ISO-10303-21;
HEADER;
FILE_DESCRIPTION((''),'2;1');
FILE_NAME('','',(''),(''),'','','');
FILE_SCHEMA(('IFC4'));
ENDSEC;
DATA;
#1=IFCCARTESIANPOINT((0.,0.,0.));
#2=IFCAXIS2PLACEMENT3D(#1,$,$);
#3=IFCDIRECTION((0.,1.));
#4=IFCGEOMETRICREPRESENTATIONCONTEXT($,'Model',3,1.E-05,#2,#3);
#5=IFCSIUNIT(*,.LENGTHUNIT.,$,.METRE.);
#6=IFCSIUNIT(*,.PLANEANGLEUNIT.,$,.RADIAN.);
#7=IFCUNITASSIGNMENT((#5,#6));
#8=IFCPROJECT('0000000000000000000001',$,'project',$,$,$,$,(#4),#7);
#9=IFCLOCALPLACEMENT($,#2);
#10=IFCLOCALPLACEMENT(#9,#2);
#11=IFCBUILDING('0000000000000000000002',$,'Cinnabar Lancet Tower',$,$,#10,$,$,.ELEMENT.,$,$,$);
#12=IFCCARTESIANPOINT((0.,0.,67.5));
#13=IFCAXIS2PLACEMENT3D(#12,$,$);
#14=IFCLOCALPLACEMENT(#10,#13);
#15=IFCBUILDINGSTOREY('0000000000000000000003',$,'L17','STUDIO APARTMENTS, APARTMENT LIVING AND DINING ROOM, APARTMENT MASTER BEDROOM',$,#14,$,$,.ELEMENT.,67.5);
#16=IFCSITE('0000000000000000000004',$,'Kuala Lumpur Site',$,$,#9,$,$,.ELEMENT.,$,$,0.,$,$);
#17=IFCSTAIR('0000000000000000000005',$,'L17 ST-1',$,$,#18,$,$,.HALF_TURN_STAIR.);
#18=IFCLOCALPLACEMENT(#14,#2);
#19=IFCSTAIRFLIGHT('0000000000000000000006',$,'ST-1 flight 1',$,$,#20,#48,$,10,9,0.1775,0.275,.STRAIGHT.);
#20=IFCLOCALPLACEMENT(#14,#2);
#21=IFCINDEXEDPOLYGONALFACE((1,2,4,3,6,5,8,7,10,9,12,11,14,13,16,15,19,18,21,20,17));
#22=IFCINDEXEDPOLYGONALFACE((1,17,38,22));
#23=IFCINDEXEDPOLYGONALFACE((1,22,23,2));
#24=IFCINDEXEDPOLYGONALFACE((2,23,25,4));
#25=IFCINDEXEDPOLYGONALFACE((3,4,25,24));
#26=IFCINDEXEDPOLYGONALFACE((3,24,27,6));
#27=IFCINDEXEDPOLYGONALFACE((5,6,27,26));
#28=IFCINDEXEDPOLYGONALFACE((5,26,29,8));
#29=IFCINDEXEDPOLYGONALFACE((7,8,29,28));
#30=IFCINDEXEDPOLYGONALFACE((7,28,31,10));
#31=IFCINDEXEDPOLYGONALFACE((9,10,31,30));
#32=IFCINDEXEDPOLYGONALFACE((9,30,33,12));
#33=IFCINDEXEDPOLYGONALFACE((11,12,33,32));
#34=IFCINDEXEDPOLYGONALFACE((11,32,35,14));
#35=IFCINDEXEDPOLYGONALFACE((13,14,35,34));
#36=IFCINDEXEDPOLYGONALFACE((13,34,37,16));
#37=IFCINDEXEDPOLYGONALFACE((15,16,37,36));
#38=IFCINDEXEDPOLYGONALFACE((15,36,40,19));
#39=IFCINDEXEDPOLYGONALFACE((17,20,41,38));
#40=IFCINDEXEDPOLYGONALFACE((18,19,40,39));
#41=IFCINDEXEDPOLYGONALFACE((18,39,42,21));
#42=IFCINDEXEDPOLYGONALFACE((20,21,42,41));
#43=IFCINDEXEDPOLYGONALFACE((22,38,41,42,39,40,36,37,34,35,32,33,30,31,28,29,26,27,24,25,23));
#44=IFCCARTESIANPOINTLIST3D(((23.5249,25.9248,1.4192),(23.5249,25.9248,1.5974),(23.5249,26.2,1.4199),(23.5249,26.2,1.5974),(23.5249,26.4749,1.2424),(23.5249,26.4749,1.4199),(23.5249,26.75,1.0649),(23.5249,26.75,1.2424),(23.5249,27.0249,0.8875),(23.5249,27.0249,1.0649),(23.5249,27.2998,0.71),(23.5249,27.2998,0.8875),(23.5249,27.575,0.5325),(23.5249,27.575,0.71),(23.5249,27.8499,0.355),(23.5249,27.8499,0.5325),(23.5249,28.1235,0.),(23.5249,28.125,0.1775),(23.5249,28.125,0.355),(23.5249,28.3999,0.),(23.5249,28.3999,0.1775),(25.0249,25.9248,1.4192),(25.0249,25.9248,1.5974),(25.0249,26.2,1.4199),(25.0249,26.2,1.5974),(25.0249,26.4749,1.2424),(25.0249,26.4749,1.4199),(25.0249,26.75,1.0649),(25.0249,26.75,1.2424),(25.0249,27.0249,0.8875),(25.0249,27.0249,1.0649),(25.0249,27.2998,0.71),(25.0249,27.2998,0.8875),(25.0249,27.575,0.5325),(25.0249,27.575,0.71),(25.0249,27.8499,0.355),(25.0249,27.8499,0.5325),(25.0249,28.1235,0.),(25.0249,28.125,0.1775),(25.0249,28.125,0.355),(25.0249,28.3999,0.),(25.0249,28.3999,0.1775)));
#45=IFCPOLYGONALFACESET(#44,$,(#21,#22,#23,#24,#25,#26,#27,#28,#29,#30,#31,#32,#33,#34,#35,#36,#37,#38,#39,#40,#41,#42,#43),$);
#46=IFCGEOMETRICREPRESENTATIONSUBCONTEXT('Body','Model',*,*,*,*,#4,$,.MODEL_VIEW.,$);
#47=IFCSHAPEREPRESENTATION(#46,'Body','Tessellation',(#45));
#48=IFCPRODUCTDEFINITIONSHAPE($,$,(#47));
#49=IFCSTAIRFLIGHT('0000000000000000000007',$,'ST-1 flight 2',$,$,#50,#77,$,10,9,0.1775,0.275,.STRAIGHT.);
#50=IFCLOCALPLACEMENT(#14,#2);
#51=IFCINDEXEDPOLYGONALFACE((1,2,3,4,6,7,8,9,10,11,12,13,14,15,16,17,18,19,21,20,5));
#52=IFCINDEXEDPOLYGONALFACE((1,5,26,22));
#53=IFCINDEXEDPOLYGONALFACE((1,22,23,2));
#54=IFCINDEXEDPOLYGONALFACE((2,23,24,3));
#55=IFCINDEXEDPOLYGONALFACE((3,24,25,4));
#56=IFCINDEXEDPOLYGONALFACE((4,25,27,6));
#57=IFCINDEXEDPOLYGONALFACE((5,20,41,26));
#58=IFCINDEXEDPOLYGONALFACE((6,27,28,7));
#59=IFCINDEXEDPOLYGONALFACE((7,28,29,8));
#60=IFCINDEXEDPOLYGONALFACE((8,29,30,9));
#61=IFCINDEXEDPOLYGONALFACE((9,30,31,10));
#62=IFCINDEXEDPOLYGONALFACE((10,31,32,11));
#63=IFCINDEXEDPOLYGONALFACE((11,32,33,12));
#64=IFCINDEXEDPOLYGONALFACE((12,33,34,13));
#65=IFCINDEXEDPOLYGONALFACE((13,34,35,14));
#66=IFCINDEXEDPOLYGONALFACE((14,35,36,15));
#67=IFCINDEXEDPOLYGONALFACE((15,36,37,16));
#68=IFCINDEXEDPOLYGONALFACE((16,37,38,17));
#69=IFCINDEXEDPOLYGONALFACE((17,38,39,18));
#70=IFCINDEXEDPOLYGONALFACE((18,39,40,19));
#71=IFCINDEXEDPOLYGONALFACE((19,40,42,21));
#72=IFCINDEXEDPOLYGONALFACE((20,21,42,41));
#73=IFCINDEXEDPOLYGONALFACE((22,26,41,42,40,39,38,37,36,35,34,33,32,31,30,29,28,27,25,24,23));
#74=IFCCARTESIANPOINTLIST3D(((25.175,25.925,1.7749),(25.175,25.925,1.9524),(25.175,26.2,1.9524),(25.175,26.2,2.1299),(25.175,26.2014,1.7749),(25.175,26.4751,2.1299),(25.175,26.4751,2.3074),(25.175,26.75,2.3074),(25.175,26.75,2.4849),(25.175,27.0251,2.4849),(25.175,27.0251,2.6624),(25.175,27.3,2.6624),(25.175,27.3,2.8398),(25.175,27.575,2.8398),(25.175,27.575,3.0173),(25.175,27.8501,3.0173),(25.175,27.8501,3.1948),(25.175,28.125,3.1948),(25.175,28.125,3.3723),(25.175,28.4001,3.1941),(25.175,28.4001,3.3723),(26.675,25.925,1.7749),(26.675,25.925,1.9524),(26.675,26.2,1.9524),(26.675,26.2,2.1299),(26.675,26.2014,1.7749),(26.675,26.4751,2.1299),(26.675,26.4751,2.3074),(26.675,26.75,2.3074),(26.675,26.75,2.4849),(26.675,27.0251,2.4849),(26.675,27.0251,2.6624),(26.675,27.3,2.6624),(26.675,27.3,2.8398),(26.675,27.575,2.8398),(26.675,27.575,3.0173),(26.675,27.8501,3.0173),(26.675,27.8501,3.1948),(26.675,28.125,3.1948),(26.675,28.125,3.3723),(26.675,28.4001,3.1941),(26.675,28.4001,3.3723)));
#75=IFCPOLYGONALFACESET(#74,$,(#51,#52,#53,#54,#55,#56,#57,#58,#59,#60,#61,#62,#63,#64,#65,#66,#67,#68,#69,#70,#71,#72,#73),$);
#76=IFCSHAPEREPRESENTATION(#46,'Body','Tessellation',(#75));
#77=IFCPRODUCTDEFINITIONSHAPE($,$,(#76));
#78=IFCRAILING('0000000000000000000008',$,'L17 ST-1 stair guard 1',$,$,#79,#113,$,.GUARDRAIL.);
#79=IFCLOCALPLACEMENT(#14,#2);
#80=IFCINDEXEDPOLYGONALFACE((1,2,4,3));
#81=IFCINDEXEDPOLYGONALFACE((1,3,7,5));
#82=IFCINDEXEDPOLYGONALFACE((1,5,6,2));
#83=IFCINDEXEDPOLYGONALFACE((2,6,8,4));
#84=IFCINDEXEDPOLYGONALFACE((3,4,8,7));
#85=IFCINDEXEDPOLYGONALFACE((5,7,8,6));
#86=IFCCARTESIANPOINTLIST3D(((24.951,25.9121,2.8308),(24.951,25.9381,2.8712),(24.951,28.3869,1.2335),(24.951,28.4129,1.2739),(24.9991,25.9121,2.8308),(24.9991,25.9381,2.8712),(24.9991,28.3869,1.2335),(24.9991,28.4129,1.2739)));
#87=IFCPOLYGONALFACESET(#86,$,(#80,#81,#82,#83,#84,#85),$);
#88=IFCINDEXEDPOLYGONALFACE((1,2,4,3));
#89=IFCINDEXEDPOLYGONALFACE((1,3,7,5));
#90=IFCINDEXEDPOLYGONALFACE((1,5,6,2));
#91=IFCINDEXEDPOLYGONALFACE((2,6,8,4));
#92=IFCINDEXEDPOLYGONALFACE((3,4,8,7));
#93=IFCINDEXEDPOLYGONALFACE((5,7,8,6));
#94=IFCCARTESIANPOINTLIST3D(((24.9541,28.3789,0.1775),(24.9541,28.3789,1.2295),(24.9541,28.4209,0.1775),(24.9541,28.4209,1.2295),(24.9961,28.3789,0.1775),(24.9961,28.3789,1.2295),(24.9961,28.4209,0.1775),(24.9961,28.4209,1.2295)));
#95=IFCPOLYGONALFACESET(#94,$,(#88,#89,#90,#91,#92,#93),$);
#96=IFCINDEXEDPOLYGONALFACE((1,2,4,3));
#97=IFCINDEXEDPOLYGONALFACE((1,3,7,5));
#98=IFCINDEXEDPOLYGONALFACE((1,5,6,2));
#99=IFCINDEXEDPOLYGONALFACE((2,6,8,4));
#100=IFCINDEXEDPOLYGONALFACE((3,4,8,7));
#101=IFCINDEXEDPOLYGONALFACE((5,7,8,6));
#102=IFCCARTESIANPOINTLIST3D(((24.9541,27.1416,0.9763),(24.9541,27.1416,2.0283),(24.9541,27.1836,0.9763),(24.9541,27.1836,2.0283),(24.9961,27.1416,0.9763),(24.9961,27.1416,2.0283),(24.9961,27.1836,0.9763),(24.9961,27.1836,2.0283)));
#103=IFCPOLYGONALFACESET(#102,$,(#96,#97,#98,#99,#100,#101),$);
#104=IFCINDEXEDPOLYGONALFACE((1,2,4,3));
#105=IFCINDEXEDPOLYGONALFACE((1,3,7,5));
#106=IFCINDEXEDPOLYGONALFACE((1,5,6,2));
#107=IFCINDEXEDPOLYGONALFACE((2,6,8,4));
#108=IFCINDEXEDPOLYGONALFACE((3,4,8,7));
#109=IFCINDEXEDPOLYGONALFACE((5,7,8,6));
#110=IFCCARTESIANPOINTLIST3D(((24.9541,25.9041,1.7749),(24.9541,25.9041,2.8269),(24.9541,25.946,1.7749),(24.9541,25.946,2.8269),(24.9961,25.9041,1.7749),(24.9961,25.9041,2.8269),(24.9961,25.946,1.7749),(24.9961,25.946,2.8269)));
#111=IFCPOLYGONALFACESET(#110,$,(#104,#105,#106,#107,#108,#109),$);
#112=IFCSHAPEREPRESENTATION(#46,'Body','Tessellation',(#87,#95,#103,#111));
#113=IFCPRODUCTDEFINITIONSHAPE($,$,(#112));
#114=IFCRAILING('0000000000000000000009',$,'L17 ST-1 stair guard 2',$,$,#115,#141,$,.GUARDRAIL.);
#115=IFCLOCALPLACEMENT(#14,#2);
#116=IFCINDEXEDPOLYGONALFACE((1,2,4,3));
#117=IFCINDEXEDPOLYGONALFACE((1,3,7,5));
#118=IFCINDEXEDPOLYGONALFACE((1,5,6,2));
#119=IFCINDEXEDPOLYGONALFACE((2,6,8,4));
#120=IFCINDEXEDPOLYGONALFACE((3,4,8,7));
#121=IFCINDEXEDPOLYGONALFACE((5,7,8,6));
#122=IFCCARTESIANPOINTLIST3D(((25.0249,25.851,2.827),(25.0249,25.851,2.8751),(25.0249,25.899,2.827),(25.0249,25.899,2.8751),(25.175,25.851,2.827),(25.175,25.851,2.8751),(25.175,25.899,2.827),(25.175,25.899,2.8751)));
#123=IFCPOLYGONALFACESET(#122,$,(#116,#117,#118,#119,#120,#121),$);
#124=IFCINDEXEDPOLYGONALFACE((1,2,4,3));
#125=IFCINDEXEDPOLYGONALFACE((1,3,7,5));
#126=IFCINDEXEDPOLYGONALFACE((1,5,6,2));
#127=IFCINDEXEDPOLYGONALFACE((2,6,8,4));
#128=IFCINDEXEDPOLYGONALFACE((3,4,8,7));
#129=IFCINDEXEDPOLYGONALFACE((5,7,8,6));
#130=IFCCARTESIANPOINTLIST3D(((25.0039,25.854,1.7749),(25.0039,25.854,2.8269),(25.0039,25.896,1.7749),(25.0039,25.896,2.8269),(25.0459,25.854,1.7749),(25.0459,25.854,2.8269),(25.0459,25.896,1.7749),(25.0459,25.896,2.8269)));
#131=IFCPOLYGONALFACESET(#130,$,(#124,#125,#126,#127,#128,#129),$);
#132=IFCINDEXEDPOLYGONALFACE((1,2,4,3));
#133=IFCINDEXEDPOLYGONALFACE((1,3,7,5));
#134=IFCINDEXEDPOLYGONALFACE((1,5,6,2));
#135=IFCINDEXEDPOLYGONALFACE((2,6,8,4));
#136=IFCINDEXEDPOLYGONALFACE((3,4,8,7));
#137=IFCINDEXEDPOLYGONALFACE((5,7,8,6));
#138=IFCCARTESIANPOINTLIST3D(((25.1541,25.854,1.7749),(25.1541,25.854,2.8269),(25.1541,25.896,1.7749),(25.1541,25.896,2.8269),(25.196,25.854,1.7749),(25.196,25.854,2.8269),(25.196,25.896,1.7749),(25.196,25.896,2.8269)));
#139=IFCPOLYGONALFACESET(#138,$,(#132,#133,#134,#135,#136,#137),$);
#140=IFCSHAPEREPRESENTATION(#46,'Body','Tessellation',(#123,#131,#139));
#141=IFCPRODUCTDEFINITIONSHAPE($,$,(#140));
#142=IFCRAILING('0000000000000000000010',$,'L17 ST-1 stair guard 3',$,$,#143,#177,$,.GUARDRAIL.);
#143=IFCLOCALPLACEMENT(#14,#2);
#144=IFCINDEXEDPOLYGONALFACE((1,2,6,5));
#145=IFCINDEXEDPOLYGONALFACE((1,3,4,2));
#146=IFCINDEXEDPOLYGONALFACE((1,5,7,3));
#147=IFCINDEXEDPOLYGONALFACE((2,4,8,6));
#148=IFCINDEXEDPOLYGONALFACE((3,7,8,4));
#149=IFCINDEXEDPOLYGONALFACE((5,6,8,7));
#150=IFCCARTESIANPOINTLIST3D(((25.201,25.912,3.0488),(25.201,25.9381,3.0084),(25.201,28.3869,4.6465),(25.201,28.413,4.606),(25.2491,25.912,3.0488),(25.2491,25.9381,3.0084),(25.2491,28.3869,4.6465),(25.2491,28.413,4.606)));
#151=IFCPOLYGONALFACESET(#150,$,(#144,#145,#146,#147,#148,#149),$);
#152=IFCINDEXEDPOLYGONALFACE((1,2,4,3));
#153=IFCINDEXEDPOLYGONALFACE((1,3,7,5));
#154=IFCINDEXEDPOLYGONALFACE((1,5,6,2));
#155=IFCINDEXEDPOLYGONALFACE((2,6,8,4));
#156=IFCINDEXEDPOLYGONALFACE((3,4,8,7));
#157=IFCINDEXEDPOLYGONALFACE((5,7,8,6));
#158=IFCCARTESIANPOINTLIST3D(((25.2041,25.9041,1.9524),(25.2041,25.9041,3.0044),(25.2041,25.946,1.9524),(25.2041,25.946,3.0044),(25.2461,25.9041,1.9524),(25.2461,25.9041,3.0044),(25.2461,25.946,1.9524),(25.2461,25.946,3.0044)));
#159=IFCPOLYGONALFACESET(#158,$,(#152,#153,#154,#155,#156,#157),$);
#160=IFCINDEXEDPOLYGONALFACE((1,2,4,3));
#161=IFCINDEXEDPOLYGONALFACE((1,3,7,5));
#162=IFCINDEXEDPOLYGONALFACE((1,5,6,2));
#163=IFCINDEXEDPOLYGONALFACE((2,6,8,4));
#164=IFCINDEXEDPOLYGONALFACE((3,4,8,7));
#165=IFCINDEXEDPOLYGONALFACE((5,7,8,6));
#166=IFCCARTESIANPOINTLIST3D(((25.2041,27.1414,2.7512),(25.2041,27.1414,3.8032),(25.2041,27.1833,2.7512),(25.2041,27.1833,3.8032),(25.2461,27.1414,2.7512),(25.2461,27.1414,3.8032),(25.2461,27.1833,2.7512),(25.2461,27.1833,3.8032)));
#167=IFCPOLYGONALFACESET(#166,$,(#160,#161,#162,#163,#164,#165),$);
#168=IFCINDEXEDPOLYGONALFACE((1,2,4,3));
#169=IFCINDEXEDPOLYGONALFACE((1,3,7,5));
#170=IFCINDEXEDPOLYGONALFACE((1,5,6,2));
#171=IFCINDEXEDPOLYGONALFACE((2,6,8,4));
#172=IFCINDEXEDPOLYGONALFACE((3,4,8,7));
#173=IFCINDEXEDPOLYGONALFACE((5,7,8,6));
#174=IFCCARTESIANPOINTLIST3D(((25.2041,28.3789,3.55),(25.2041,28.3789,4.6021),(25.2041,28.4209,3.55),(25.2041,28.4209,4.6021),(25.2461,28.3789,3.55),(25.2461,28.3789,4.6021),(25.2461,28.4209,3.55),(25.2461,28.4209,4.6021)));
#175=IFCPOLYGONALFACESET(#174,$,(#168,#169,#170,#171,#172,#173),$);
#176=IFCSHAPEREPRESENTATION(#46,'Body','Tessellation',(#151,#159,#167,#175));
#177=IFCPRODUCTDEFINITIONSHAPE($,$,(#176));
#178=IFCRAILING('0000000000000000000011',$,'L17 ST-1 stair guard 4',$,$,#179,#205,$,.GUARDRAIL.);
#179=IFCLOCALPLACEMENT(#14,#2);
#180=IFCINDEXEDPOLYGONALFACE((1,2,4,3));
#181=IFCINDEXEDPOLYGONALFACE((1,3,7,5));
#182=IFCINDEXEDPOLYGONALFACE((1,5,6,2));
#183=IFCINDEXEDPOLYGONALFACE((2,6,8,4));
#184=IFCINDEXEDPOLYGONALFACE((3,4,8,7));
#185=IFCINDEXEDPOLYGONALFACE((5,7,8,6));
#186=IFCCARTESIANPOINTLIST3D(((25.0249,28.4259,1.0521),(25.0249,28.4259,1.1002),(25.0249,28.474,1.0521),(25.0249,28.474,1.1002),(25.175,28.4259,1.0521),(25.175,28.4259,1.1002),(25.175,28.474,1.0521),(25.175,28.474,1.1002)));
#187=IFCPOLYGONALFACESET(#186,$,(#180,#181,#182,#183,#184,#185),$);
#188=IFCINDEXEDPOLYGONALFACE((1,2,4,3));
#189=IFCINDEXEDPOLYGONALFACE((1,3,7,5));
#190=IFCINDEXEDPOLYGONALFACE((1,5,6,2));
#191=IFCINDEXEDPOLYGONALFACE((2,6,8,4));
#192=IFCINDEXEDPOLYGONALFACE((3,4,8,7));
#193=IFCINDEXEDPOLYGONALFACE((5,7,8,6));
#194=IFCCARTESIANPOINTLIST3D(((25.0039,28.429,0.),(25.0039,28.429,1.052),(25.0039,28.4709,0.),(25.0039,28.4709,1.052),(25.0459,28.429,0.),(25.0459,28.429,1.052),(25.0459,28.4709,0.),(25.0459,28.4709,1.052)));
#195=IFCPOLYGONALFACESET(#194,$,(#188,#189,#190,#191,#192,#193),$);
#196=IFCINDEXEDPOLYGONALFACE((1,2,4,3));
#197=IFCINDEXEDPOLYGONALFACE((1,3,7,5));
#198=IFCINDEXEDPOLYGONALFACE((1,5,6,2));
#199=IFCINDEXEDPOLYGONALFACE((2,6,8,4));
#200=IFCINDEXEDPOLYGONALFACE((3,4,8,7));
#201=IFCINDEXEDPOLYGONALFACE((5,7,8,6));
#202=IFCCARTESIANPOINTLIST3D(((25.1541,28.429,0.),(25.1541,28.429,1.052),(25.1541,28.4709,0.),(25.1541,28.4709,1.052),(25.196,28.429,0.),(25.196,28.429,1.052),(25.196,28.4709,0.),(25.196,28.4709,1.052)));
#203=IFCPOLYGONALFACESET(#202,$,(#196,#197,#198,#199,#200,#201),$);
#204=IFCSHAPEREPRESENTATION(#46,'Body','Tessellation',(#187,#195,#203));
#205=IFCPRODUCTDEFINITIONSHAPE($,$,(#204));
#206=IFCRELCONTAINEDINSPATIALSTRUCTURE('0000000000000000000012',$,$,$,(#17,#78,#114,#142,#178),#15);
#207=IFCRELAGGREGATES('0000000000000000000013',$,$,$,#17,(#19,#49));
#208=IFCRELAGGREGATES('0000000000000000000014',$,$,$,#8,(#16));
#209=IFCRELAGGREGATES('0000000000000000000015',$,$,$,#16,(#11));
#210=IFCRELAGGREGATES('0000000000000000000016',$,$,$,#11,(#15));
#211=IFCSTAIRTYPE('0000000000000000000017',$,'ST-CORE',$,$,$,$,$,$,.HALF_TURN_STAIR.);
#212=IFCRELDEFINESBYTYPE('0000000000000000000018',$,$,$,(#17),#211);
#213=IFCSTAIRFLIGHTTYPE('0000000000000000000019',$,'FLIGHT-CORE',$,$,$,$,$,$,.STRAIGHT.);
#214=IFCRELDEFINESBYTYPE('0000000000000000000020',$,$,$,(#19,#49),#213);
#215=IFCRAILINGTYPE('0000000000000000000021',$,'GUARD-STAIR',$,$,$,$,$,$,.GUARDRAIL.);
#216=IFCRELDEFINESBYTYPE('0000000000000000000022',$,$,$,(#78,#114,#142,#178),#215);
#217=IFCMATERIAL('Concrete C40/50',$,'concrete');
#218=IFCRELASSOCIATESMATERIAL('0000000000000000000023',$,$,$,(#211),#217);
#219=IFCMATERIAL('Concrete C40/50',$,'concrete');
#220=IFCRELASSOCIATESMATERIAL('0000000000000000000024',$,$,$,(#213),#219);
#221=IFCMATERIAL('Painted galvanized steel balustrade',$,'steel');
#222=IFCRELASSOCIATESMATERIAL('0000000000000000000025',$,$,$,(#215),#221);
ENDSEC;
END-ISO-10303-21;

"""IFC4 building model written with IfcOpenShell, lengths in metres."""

from ifc_helpers import new_model, si_unit, direction, frame, origin, origin_2d, place, context, subcontext, project, spatial, polyline, rectangle, outline, extrude, material, type_object, element, aggregate, save


model = new_model("IFC4")

# Units and contexts
model_context = context("Model", 3, precision=1e-05, world=origin(), true_north=direction((0.0, 1.0)))
body_context = subcontext(model_context, "Body", "Model", "MODEL_VIEW")
ifc_project = project(units=[si_unit("LENGTHUNIT", "METRE"), si_unit("PLANEANGLEUNIT", "RADIAN")], contexts=[model_context])

# Site, building, storey
site_placement = place(None, origin())
site = spatial("IfcSite", under=ifc_project, at=site_placement, Name="Kuala Lumpur Site", CompositionType="ELEMENT", RefElevation=0.0)
building_placement = place(site_placement, origin())
building = spatial("IfcBuilding", under=site, at=building_placement, Name="Cinnabar Lancet Tower", CompositionType="ELEMENT")
storey_placement = place(building_placement, frame((0.0, 0.0, 67.5)))
storey = spatial("IfcBuildingStorey", under=building, at=storey_placement, Name="L17", Description="STUDIO APARTMENTS, APARTMENT LIVING AND DINING ROOM, APARTMENT MASTER BEDROOM", CompositionType="ELEMENT", Elevation=67.5)

# Stair, stair flights
ifc_material_1 = material(Name="Concrete C40/50", Category="concrete")
stair_type = type_object("IfcStairType", Name="ST-CORE", PredefinedType="HALF_TURN_STAIR", material=ifc_material_1)
stair_placement = place(storey_placement, origin())
stair = element("IfcStair", 1, at=stair_placement, inside=storey, type_object=stair_type, Name="L17 ST-1", PredefinedType="HALF_TURN_STAIR")
ifc_material_2 = material(Name="Concrete C40/50", Category="concrete")
stair_flight_type = type_object("IfcStairFlightType", Name="FLIGHT-CORE", PredefinedType="STRAIGHT", material=ifc_material_2)
stair_flight_1_placement = place(storey_placement, frame((24.2749, 28.3999, 0.0), z_axis=(0.0, 0.0, 1.0), x_axis=(0.0, -1.0, 0.0)))
stair_flight_1 = element("IfcStairFlight", 2, at=stair_flight_1_placement, type_object=stair_flight_type, Name="ST-1 flight 1", NumberOfRisers=10, NumberOfTreads=9, PredefinedType="STRAIGHT", RiserHeight=0.1775, TreadLength=0.275, context=body_context, shape_type="SweptSolid", body=[
    extrude(outline(polyline([(0.0, 0.0), (0.0, 0.1775), (0.2749, 0.1775), (0.2749, 0.355), (0.55, 0.355), (0.55, 0.5325), (0.825, 0.5325), (0.825, 0.71), (1.1001, 0.71), (1.1001, 0.8875), (1.375, 0.8875), (1.375, 1.0649), (1.6499, 1.0649), (1.6499, 1.2424), (1.925, 1.2424), (1.925, 1.4199), (2.2, 1.4199), (2.2, 1.5974), (2.4751, 1.5974), (2.4751, 1.7749), (2.4751, 1.4192), (0.2764, 0.0), (0.0, 0.0)])), frame((0.0, 0.75, 0.0), z_axis=(0.0, -1.0, 0.0), x_axis=(1.0, 0.0, 0.0)), (0.0, 0.0, 1.0), 1.5),
])
stair_flight_2_placement = place(storey_placement, frame((25.925, 25.925, 1.7749), z_axis=(0.0, 0.0, 1.0), x_axis=(0.0, 1.0, 0.0)))
stair_flight_2 = element("IfcStairFlight", 3, at=stair_flight_2_placement, type_object=stair_flight_type, Name="ST-1 flight 2", NumberOfRisers=10, NumberOfTreads=9, PredefinedType="STRAIGHT", RiserHeight=0.1775, TreadLength=0.275, context=body_context, shape_type="SweptSolid", body=[
    extrude(outline(polyline([(0.0, 0.0), (0.0, 0.1775), (0.2749, 0.1775), (0.2749, 0.355), (0.55, 0.355), (0.55, 0.5325), (0.825, 0.5325), (0.825, 0.71), (1.1001, 0.71), (1.1001, 0.8875), (1.375, 0.8875), (1.375, 1.0649), (1.6499, 1.0649), (1.6499, 1.2424), (1.925, 1.2424), (1.925, 1.4199), (2.2, 1.4199), (2.2, 1.5974), (2.4751, 1.5974), (2.4751, 1.7749), (2.4751, 1.4192), (0.2764, 0.0), (0.0, 0.0)])), frame((0.0, 0.75, 0.0), z_axis=(0.0, -1.0, 0.0), x_axis=(1.0, 0.0, 0.0)), (0.0, 0.0, 1.0), 1.5),
])
aggregate(stair, [stair_flight_1, stair_flight_2])

# Railings
ifc_material_3 = material(Name="Painted galvanized steel balustrade", Category="steel")
railing_type_1 = type_object("IfcRailingType", Name="GUARD-STAIR", PredefinedType="GUARDRAIL", material=ifc_material_3)
railing_1_placement = place(storey_placement, frame((24.9751, 28.3999, 0.1775)))
element("IfcRailing", 4, at=railing_1_placement, inside=storey, type_object=railing_type_1, Name="L17 ST-1 stair guard 1", PredefinedType="GUARDRAIL", context=body_context, shape_type="SweptSolid", body=[
    extrude(rectangle(XDim=0.0481, YDim=0.0481, at=origin_2d()), frame((0.0, 0.0, 1.0762), z_axis=(0.0, -0.840183, 0.542302), x_axis=(1.0, 0.0, 0.0)), (0.0, 0.0, 1.0), 2.9456),
    extrude(rectangle(XDim=0.042, YDim=0.042, at=origin_2d()), origin(), (0.0, 0.0, 1.0), 1.052),
    extrude(rectangle(XDim=0.042, YDim=0.042, at=origin_2d()), frame((0.0, -1.2373, 0.7988)), (0.0, 0.0, 1.0), 1.052),
    extrude(rectangle(XDim=0.042, YDim=0.042, at=origin_2d()), frame((0.0, -2.4749, 1.5974)), (0.0, 0.0, 1.0), 1.052),
])
railing_2_placement = place(storey_placement, frame((25.0249, 25.875, 1.7749)))
element("IfcRailing", 5, at=railing_2_placement, inside=storey, type_object=railing_type_1, Name="L17 ST-1 stair guard 2", PredefinedType="GUARDRAIL", context=body_context, shape_type="SweptSolid", body=[
    extrude(rectangle(XDim=0.0481, YDim=0.0481, at=origin_2d()), frame((0.0, 0.0, 1.0762), z_axis=(1.0, 0.0, 0.0), x_axis=(0.0, 1.0, 0.0)), (0.0, 0.0, 1.0), 0.1501),
    extrude(rectangle(XDim=0.042, YDim=0.042, at=origin_2d()), origin(), (0.0, 0.0, 1.0), 1.052),
    extrude(rectangle(XDim=0.042, YDim=0.042, at=origin_2d()), frame((0.1501, 0.0, 0.0)), (0.0, 0.0, 1.0), 1.052),
])
railing_3_placement = place(storey_placement, frame((25.2251, 25.925, 1.9524)))
element("IfcRailing", 6, at=railing_3_placement, inside=storey, type_object=railing_type_1, Name="L17 ST-1 stair guard 3", PredefinedType="GUARDRAIL", context=body_context, shape_type="SweptSolid", body=[
    extrude(rectangle(XDim=0.0481, YDim=0.0481, at=origin_2d()), frame((0.0, 0.0, 1.0762), z_axis=(0.0, 0.840146, 0.542361), x_axis=(-1.0, 0.0, 0.0)), (0.0, 0.0, 1.0), 2.9458),
    extrude(rectangle(XDim=0.042, YDim=0.042, at=origin_2d()), origin(), (0.0, 0.0, 1.0), 1.052),
    extrude(rectangle(XDim=0.042, YDim=0.042, at=origin_2d()), frame((0.0, 1.2373, 0.7988)), (0.0, 0.0, 1.0), 1.052),
    extrude(rectangle(XDim=0.042, YDim=0.042, at=origin_2d()), frame((0.0, 2.4749, 1.5977)), (0.0, 0.0, 1.0), 1.052),
])
railing_4_placement = place(storey_placement, frame((25.0249, 28.45, 0.0)))
element("IfcRailing", 7, at=railing_4_placement, inside=storey, type_object=railing_type_1, Name="L17 ST-1 stair guard 4", PredefinedType="GUARDRAIL", context=body_context, shape_type="SweptSolid", body=[
    extrude(rectangle(XDim=0.0481, YDim=0.0481, at=origin_2d()), frame((0.0, 0.0, 1.0762), z_axis=(1.0, 0.0, 0.0), x_axis=(0.0, 1.0, 0.0)), (0.0, 0.0, 1.0), 0.1501),
    extrude(rectangle(XDim=0.042, YDim=0.042, at=origin_2d()), origin(), (0.0, 0.0, 1.0), 1.052),
    extrude(rectangle(XDim=0.042, YDim=0.042, at=origin_2d()), frame((0.1501, 0.0, 0.0)), (0.0, 0.0, 1.0), 1.052),
])

save(model, "model.ifc")
